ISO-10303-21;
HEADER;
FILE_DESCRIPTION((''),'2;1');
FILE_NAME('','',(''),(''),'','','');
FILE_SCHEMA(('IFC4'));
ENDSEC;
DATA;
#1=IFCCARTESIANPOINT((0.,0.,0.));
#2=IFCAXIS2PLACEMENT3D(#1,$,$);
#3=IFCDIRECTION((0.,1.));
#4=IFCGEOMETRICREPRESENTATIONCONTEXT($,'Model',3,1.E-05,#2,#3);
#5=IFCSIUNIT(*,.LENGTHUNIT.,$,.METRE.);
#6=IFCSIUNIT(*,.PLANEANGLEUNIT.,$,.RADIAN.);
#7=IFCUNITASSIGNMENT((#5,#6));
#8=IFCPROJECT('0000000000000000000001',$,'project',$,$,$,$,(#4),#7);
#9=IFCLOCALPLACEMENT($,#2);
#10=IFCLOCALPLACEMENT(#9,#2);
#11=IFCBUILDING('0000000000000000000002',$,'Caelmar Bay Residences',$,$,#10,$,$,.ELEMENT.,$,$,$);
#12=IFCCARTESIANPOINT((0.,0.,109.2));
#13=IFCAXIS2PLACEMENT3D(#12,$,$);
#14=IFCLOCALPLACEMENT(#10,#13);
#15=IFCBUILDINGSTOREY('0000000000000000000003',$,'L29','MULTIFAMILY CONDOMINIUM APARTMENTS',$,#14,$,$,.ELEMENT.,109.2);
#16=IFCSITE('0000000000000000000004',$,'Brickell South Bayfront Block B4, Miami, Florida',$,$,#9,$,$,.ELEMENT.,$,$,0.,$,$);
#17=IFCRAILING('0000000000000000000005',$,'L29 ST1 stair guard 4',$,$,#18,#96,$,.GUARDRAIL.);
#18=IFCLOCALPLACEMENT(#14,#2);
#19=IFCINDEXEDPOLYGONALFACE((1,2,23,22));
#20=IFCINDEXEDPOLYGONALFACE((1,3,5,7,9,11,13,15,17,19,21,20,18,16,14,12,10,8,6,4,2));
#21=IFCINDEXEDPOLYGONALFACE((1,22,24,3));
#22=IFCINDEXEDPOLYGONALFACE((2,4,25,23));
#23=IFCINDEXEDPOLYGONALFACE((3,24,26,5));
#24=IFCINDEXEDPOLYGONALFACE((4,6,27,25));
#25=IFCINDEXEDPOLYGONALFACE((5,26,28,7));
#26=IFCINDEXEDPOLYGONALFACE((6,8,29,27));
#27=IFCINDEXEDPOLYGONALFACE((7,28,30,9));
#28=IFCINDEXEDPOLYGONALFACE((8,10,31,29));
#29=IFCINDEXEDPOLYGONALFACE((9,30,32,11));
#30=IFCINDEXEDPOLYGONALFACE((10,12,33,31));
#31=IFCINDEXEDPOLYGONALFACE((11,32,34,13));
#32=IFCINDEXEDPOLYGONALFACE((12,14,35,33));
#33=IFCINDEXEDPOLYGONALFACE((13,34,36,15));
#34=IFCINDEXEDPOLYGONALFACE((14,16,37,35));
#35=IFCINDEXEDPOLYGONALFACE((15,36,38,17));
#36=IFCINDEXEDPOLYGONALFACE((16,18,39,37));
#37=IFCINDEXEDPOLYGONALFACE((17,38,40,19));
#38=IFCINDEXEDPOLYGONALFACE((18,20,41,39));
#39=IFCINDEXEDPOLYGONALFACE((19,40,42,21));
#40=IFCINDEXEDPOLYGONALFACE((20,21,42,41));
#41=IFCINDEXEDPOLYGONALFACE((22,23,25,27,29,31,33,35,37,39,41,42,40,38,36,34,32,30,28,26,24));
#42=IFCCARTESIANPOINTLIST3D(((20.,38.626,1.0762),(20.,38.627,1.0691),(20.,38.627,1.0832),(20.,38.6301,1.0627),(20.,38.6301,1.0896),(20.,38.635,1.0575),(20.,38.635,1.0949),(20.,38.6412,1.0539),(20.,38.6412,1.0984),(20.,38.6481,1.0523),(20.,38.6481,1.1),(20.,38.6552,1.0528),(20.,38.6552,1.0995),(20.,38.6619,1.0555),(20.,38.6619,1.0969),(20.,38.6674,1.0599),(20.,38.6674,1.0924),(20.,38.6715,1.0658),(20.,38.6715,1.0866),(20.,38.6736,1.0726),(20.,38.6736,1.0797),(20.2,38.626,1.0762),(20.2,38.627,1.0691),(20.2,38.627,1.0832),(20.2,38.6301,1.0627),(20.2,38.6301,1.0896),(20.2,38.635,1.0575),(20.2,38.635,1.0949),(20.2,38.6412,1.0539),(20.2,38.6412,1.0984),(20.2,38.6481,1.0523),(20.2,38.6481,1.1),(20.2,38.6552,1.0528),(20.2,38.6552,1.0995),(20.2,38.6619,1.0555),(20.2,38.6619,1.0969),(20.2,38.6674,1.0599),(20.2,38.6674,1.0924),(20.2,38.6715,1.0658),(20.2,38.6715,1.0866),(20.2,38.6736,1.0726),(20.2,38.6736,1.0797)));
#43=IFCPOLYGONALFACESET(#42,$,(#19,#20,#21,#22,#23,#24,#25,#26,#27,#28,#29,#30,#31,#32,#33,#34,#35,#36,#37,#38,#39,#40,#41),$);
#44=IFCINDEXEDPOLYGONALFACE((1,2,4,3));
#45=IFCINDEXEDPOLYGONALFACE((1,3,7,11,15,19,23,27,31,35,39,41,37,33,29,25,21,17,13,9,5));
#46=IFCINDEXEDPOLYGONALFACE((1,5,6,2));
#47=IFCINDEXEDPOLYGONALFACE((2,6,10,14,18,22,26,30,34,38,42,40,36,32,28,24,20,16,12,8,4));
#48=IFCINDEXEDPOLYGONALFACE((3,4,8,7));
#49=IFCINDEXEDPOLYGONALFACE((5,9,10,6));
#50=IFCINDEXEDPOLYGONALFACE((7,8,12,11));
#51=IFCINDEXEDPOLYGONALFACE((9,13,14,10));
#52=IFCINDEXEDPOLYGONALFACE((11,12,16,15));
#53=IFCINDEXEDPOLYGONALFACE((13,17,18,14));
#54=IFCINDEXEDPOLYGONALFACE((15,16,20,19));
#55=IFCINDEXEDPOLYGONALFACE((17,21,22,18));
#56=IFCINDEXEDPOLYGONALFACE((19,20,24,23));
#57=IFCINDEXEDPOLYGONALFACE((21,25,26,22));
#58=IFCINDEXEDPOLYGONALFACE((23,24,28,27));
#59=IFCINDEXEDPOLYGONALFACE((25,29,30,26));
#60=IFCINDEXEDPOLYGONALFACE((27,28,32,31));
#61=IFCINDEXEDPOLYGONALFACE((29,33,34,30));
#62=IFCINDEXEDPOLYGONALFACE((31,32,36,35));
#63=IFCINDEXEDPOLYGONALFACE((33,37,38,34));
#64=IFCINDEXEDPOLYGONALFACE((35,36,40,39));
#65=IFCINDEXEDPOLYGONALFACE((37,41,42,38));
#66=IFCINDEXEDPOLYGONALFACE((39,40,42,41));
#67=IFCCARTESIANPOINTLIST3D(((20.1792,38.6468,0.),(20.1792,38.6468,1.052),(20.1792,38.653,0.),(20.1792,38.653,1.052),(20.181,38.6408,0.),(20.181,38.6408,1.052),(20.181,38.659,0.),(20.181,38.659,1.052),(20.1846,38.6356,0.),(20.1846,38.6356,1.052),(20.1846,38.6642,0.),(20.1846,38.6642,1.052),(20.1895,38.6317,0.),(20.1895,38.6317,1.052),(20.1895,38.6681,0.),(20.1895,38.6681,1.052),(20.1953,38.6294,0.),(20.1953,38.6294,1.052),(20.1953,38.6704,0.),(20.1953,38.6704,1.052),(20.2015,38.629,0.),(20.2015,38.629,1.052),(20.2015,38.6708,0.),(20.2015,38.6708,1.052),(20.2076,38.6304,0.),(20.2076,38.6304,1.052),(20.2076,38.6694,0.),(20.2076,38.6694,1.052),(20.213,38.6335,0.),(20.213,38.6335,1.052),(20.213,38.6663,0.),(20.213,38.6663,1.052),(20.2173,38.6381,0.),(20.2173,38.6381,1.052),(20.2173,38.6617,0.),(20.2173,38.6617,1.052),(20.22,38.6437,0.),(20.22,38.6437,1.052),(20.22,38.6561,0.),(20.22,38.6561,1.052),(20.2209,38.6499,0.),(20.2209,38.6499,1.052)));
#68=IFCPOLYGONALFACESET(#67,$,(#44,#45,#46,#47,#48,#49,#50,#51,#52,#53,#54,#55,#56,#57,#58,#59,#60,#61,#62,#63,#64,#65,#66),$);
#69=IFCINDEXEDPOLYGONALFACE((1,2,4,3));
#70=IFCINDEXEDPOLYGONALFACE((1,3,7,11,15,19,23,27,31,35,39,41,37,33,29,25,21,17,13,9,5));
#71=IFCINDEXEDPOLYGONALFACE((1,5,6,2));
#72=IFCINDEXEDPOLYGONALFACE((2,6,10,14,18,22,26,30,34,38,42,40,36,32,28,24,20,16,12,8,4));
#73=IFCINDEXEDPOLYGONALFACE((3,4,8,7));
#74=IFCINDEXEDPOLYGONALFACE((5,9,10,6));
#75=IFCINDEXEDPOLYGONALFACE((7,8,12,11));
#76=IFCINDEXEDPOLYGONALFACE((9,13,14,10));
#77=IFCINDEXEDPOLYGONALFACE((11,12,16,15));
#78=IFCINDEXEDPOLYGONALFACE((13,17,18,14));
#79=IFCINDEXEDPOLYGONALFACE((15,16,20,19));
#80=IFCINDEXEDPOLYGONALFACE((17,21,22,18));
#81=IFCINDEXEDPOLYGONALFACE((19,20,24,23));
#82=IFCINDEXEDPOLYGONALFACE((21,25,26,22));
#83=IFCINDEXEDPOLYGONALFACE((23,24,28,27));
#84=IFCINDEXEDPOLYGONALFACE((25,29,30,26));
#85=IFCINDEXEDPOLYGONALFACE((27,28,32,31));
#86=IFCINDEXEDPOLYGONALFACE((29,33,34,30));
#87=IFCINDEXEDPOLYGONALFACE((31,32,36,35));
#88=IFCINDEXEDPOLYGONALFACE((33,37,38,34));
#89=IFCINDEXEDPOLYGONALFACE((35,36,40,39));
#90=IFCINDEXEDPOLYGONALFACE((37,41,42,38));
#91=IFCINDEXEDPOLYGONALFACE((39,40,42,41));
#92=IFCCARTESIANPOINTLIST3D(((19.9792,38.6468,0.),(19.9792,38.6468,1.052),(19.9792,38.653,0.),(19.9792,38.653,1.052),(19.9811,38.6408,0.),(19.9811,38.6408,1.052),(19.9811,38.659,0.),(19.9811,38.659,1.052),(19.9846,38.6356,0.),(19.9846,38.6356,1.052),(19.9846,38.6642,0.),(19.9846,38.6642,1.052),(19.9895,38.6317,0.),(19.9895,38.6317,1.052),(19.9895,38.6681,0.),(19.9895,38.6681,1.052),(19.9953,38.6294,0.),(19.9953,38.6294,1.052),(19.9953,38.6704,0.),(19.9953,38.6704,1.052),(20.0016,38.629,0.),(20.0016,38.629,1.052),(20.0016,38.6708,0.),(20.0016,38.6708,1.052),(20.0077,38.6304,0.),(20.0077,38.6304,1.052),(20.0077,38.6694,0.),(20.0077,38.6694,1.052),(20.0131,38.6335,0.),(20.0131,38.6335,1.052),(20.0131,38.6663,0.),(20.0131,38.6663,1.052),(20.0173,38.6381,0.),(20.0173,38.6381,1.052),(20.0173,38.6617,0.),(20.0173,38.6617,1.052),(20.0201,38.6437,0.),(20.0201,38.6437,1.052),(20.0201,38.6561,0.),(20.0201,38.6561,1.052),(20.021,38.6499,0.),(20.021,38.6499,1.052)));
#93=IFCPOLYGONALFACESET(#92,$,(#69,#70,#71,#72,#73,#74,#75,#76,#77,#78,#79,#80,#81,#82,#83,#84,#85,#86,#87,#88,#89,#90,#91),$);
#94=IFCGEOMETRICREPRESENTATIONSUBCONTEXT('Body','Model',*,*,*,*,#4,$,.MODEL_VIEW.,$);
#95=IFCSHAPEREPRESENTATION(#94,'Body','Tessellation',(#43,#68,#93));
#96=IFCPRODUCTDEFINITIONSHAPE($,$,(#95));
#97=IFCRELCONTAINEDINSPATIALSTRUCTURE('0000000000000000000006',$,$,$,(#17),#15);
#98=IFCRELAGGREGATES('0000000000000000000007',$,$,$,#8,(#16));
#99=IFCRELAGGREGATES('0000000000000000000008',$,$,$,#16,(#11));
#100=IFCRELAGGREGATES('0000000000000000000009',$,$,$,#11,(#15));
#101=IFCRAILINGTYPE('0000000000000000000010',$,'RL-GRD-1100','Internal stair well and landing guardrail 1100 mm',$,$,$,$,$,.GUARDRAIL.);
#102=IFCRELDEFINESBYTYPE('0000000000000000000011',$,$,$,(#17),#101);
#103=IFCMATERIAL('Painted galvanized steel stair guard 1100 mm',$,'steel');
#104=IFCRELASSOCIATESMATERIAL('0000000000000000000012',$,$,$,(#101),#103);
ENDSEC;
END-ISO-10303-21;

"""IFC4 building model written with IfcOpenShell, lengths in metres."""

from ifc_helpers import new_model, si_unit, direction, frame, origin, origin_2d, place, context, subcontext, project, spatial, circle, extrude, material, type_object, element, save


model = new_model("IFC4")

# Units and contexts
model_context = context("Model", 3, precision=1e-05, world=origin(), true_north=direction((0.0, 1.0)))
body_context = subcontext(model_context, "Body", "Model", "MODEL_VIEW")
ifc_project = project(units=[si_unit("LENGTHUNIT", "METRE"), si_unit("PLANEANGLEUNIT", "RADIAN")], contexts=[model_context])

# Site, building, storey
site_placement = place(None, origin())
site = spatial("IfcSite", under=ifc_project, at=site_placement, Name="Brickell South Bayfront Block B4, Miami, Florida", CompositionType="ELEMENT", RefElevation=0.0)
building_placement = place(site_placement, origin())
building = spatial("IfcBuilding", under=site, at=building_placement, Name="Caelmar Bay Residences", CompositionType="ELEMENT")
storey_placement = place(building_placement, frame((0.0, 0.0, 109.2)))
storey = spatial("IfcBuildingStorey", under=building, at=storey_placement, Name="L29", Description="MULTIFAMILY CONDOMINIUM APARTMENTS", CompositionType="ELEMENT", Elevation=109.2)

# Railing
ifc_material_1 = material(Name="Painted galvanized steel stair guard 1100 mm", Category="steel")
railing_type_1 = type_object("IfcRailingType", Name="RL-GRD-1100", Description="Internal stair well and landing guardrail 1100 mm", PredefinedType="GUARDRAIL", material=ifc_material_1)
railing_1_placement = place(storey_placement, frame((20.2, 38.6499, 0.0)))
element("IfcRailing", 1, at=railing_1_placement, inside=storey, type_object=railing_type_1, Name="L29 ST1 stair guard 4", PredefinedType="GUARDRAIL", context=body_context, shape_type="SweptSolid", body=[
    extrude(circle(Radius=0.0239, at=origin_2d()), frame((0.0, 0.0, 1.0762), z_axis=(-1.0, 0.0, 0.0), x_axis=(0.0, -1.0, 0.0)), (0.0, 0.0, 1.0), 0.2),
    extrude(circle(Radius=0.021, at=origin_2d()), origin(), (0.0, 0.0, 1.0), 1.052),
    extrude(circle(Radius=0.021, at=origin_2d()), frame((-0.2, 0.0, 0.0)), (0.0, 0.0, 1.0), 1.052),
])

save(model, "model.ifc")
